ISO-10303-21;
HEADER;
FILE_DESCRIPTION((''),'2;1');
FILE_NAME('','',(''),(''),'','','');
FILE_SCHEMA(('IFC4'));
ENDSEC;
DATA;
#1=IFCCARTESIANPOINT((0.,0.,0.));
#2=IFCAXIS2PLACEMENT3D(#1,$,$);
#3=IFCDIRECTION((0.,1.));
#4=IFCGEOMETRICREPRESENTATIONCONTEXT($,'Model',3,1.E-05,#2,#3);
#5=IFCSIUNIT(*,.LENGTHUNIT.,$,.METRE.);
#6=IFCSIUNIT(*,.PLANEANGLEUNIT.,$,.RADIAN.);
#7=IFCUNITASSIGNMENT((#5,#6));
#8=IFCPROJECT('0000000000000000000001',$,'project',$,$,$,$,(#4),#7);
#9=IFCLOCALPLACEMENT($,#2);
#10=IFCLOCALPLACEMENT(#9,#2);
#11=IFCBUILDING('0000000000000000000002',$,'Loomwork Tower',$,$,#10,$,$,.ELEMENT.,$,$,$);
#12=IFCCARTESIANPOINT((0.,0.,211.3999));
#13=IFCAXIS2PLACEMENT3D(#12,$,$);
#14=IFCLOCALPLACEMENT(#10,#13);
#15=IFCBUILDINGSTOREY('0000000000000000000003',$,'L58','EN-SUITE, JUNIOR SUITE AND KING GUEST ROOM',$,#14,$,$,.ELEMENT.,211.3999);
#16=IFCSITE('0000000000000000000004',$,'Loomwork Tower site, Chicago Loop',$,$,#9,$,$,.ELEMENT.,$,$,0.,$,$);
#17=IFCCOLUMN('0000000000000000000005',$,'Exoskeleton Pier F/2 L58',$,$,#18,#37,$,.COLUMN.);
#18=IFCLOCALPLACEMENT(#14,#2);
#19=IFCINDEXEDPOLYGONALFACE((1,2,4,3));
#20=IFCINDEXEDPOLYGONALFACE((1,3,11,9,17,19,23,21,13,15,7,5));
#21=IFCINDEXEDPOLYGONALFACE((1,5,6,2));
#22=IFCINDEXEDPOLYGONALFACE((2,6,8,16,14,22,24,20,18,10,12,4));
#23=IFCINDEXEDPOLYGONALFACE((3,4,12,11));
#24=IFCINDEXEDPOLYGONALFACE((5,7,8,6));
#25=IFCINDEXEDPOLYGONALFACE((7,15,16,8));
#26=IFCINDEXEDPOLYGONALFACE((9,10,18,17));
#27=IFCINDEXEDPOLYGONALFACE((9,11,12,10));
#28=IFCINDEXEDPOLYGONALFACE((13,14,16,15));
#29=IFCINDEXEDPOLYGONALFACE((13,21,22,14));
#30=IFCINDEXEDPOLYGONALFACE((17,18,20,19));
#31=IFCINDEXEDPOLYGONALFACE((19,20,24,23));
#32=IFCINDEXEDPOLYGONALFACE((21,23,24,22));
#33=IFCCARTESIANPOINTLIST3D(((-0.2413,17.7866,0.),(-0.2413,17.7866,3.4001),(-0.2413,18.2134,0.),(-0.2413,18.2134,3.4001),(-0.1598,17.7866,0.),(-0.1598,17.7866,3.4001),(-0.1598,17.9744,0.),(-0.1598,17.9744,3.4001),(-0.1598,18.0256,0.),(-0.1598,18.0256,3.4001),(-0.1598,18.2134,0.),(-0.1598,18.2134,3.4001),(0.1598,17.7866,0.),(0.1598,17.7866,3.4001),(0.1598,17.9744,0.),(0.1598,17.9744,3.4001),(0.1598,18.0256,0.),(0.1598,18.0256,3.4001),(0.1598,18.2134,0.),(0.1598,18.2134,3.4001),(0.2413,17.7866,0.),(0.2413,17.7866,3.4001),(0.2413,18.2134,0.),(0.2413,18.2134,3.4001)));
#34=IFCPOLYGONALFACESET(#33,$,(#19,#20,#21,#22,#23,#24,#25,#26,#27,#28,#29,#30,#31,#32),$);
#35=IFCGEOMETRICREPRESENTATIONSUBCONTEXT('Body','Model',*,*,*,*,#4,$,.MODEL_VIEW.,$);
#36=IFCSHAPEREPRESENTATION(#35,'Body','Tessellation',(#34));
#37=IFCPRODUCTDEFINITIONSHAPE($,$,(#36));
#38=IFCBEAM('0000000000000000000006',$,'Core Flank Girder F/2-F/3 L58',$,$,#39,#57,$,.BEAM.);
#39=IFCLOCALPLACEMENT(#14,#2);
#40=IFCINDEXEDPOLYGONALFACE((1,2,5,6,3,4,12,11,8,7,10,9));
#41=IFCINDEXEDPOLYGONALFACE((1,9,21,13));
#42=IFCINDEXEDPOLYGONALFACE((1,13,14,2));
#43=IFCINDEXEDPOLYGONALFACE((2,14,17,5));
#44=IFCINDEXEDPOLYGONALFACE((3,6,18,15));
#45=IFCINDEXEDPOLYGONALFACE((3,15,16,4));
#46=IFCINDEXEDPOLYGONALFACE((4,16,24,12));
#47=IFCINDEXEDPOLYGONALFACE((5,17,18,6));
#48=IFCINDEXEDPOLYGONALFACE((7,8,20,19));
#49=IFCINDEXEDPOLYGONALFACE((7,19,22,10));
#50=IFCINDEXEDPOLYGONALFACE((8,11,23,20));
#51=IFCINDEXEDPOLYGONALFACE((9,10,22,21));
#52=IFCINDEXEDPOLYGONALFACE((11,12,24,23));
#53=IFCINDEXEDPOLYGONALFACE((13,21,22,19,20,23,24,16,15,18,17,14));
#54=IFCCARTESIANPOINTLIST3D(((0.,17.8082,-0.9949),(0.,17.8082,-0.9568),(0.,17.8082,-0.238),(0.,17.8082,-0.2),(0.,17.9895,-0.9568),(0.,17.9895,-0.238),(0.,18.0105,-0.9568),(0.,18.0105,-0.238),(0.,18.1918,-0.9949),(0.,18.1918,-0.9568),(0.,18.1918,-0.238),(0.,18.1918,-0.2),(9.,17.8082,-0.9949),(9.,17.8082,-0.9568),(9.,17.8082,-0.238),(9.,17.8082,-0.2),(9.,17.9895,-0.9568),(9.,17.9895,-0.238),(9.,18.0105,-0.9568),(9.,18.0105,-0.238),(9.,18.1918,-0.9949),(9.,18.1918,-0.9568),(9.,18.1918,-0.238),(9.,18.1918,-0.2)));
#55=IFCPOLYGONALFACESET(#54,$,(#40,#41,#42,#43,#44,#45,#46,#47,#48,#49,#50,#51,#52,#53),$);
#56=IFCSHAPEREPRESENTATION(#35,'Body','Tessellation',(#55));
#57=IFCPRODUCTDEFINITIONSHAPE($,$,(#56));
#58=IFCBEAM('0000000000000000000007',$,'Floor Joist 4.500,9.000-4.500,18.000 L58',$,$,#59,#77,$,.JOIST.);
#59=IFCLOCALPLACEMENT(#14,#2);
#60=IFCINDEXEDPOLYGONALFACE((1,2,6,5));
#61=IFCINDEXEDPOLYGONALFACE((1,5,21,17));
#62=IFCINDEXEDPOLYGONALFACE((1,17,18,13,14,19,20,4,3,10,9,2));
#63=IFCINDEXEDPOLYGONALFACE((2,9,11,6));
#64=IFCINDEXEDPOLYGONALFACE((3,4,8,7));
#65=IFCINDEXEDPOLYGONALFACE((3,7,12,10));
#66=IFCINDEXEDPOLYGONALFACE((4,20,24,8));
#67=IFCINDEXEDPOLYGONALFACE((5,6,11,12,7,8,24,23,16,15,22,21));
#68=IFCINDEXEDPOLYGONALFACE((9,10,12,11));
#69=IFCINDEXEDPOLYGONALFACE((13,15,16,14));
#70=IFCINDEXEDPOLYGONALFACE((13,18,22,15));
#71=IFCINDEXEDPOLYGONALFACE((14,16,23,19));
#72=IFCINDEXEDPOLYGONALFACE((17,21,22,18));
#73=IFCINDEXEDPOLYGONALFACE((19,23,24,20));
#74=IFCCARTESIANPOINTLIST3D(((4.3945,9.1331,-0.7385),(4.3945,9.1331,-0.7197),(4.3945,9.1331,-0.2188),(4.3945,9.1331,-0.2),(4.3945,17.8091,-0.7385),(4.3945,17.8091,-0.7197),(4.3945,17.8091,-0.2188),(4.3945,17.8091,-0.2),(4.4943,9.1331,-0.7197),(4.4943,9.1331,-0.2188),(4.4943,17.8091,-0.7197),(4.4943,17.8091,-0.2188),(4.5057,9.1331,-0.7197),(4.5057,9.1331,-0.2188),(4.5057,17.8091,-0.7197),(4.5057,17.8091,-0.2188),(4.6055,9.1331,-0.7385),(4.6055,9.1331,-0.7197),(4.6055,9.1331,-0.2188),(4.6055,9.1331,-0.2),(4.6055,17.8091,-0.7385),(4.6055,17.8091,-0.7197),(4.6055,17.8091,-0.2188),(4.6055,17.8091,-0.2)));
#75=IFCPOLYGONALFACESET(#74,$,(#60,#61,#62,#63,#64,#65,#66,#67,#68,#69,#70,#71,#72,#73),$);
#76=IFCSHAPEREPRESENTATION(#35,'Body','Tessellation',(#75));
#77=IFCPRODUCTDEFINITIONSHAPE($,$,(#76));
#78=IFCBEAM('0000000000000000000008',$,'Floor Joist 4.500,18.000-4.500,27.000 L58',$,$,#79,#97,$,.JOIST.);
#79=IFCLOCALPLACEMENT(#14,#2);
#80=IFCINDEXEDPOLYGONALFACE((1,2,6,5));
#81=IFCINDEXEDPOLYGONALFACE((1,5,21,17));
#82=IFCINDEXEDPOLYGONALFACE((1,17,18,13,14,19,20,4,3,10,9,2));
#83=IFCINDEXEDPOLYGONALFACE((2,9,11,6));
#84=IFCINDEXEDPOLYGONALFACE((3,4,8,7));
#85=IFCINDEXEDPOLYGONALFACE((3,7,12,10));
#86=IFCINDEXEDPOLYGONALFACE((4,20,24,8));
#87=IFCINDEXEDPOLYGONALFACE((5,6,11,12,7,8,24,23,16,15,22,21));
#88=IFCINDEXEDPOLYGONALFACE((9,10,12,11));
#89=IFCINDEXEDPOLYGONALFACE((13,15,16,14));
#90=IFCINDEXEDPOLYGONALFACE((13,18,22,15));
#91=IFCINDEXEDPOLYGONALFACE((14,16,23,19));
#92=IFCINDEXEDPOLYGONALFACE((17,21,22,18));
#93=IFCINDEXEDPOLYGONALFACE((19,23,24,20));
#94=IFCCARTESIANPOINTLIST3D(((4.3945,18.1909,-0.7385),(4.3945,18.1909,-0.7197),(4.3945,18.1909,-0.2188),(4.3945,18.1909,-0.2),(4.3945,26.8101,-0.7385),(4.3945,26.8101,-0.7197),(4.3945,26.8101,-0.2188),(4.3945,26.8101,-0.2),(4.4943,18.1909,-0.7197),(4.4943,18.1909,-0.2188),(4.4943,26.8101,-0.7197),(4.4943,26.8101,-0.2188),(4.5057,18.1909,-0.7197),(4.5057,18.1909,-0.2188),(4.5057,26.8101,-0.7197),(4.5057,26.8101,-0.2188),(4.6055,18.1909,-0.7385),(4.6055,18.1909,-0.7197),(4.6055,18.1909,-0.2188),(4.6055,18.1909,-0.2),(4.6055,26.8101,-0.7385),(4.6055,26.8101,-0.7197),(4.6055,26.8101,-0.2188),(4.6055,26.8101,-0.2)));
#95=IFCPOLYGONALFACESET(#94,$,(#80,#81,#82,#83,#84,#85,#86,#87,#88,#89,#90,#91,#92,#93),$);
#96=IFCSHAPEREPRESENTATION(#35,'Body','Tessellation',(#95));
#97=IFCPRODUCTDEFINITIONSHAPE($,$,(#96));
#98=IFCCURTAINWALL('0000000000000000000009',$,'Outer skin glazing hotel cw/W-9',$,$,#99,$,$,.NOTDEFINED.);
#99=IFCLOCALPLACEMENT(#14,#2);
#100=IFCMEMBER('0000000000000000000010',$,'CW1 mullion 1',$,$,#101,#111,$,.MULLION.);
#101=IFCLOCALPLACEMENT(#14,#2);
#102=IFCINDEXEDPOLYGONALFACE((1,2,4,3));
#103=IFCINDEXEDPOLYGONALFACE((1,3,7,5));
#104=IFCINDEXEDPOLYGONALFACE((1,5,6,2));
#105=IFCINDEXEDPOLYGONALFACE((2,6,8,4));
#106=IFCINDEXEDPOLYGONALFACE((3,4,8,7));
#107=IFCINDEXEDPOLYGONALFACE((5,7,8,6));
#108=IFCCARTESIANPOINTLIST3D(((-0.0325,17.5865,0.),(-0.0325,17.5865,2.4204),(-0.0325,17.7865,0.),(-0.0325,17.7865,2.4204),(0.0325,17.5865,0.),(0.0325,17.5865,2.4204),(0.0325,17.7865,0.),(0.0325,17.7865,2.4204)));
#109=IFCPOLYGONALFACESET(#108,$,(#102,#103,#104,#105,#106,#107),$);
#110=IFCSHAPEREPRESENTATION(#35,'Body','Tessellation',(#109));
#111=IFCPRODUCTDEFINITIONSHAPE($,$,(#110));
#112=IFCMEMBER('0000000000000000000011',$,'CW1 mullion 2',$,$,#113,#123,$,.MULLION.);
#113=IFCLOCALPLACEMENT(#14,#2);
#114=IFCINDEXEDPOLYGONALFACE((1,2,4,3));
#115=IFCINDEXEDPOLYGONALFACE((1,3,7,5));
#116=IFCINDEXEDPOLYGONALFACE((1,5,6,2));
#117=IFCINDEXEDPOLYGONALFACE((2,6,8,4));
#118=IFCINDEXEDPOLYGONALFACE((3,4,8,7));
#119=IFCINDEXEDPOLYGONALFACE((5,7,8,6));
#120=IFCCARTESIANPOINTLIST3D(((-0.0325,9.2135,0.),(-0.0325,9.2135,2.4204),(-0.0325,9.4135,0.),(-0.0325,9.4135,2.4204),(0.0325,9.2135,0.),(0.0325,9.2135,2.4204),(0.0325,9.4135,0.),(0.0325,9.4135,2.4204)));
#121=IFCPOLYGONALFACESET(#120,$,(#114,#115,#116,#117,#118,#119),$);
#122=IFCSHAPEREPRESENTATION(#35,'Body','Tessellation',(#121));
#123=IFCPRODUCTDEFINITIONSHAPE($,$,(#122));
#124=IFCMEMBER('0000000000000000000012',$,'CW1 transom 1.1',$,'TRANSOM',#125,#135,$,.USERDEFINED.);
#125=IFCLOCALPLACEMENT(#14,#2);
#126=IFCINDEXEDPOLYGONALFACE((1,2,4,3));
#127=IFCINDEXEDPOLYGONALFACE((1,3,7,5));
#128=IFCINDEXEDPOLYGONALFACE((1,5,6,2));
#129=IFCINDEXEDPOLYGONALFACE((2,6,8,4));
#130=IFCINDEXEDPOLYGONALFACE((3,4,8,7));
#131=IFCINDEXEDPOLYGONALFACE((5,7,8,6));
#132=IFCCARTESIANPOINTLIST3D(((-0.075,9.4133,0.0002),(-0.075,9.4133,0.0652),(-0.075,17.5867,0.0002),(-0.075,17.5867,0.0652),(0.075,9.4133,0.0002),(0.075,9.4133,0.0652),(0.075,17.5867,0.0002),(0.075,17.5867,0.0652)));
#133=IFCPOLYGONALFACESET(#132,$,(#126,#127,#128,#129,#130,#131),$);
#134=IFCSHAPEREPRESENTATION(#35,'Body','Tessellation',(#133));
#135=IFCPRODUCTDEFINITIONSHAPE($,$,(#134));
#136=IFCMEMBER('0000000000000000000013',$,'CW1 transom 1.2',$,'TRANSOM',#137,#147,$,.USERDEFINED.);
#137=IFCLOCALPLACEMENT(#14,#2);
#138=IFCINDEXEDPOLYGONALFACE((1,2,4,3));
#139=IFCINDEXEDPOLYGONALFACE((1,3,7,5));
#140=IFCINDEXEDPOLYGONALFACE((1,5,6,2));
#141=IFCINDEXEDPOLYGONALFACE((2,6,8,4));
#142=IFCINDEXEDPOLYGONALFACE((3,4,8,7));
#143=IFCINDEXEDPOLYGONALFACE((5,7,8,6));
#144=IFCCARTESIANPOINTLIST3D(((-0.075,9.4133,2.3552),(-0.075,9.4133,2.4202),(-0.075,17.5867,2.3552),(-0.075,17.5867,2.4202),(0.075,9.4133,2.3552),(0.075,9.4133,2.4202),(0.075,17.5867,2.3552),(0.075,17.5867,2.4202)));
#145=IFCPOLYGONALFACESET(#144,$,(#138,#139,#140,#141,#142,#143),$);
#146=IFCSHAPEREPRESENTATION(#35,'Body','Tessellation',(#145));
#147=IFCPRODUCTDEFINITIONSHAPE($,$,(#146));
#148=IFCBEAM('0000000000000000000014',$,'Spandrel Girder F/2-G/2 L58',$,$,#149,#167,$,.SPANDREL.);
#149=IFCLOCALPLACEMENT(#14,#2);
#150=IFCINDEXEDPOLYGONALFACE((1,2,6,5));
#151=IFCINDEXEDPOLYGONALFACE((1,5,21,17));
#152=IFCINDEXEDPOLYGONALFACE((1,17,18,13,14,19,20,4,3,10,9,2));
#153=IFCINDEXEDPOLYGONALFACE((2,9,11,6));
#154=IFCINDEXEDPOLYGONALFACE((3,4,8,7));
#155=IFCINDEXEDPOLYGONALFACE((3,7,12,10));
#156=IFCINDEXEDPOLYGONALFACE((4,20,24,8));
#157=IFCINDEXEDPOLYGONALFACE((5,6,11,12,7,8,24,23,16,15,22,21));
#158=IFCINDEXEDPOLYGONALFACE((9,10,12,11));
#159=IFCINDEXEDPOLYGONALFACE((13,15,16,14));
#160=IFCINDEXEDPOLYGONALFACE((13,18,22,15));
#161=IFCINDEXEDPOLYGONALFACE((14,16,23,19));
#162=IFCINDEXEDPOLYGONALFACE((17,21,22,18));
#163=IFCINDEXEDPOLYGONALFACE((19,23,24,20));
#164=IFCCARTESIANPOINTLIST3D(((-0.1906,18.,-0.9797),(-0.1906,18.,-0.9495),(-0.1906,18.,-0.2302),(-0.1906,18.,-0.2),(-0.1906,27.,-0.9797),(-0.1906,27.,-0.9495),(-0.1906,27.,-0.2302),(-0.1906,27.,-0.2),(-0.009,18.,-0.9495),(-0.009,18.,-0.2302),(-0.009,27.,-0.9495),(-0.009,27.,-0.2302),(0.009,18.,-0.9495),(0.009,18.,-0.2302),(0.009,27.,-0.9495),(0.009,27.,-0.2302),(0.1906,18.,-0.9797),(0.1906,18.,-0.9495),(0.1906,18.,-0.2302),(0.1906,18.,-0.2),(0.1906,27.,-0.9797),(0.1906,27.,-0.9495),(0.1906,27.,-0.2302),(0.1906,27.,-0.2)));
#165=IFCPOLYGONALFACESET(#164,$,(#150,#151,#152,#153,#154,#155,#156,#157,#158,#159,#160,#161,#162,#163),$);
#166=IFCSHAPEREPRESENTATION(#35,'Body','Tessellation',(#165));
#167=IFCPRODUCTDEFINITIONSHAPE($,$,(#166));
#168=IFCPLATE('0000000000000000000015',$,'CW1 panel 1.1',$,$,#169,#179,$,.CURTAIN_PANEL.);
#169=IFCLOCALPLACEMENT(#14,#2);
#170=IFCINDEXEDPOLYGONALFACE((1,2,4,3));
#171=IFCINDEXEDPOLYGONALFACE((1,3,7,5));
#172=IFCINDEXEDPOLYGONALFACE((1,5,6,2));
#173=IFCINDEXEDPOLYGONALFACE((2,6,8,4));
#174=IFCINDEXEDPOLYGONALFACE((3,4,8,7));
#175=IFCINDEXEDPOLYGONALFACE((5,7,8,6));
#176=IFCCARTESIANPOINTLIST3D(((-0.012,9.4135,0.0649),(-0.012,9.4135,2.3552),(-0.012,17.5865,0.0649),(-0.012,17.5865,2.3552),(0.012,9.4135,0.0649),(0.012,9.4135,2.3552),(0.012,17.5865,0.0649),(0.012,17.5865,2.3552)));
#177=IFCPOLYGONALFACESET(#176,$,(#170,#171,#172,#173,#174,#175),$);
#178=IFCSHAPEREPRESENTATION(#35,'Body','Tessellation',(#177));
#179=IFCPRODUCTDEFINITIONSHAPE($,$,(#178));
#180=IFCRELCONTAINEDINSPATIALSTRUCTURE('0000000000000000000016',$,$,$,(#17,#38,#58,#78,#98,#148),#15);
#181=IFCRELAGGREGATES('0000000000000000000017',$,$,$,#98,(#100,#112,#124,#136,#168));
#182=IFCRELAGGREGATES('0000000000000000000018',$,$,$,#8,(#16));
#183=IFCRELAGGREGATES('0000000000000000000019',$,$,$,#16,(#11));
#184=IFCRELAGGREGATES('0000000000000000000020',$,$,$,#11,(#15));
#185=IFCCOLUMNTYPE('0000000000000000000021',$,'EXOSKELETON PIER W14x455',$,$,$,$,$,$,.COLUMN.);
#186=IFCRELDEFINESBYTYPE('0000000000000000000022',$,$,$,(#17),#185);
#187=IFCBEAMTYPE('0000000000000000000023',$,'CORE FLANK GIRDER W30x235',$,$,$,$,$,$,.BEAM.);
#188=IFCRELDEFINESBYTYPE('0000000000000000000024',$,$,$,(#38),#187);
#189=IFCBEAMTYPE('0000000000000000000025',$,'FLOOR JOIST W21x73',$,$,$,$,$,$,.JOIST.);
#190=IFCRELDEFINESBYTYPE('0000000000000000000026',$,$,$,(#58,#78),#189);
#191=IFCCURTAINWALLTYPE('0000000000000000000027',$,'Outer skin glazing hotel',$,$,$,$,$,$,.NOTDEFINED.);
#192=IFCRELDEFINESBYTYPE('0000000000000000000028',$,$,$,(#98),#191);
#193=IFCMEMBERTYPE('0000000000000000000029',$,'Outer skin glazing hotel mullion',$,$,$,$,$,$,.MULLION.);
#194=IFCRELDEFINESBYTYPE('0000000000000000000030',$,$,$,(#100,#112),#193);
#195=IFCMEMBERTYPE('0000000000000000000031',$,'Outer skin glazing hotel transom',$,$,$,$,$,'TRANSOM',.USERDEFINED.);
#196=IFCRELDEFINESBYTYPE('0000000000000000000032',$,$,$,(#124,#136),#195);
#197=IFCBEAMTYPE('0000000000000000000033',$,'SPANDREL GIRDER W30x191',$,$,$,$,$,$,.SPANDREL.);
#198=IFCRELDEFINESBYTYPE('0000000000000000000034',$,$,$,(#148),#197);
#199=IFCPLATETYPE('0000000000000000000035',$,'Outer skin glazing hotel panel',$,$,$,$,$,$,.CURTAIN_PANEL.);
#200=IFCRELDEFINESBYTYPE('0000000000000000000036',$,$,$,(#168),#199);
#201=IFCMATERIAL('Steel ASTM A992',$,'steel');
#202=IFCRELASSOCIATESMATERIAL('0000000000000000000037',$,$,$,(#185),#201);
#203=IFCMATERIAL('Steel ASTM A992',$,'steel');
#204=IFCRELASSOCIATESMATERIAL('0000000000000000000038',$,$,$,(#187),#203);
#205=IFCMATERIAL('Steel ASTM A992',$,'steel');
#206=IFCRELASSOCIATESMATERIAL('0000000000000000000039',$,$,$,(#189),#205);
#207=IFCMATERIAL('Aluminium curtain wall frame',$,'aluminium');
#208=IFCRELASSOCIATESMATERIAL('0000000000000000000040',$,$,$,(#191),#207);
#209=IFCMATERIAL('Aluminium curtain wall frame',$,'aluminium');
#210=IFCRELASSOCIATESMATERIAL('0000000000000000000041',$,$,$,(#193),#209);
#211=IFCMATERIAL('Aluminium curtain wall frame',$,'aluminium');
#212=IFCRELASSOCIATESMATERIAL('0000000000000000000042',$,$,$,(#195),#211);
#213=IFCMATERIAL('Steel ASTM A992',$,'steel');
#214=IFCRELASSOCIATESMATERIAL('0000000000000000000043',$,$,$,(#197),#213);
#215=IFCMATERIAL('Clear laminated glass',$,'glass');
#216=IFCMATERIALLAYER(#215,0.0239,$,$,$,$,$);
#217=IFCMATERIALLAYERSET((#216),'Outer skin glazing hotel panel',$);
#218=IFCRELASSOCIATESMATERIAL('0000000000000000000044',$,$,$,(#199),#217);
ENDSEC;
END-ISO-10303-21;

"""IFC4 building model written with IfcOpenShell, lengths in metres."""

from ifc_helpers import new_model, si_unit, direction, frame, origin, origin_2d, place, context, subcontext, project, spatial, rectangle, i_section, extrude, material, layer, layer_set, material_profile, profile_set, type_object, element, aggregate, save


model = new_model("IFC4")

# Units and contexts
model_context = context("Model", 3, precision=1e-05, world=origin(), true_north=direction((0.0, 1.0)))
body_context = subcontext(model_context, "Body", "Model", "MODEL_VIEW")
ifc_project = project(units=[si_unit("LENGTHUNIT", "METRE"), si_unit("PLANEANGLEUNIT", "RADIAN")], contexts=[model_context])

# Site, building, storey
site_placement = place(None, origin())
site = spatial("IfcSite", under=ifc_project, at=site_placement, Name="Loomwork Tower site, Chicago Loop", CompositionType="ELEMENT", RefElevation=0.0)
building_placement = place(site_placement, origin())
building = spatial("IfcBuilding", under=site, at=building_placement, Name="Loomwork Tower", CompositionType="ELEMENT")
storey_placement = place(building_placement, frame((0.0, 0.0, 211.3999)))
storey = spatial("IfcBuildingStorey", under=building, at=storey_placement, Name="L58", Description="EN-SUITE, JUNIOR SUITE AND KING GUEST ROOM", CompositionType="ELEMENT", Elevation=211.3999)

# Column
ifc_material_1 = material(Name="Steel ASTM A992", Category="steel")
ifc_material_profile_1 = material_profile(ifc_material_1, i_section(OverallWidth=0.4268, OverallDepth=0.4827, WebThickness=0.0513, FlangeThickness=0.0815, at=origin_2d()), Name="W14x455")
ifc_profile_set_1 = profile_set([ifc_material_profile_1], Name="Steel ASTM A992")
column_type = type_object("IfcColumnType", Name="EXOSKELETON PIER W14x455", PredefinedType="COLUMN", material=ifc_profile_set_1)
column_placement = place(storey_placement, frame((0.0, 18.0, 0.0), z_axis=(0.0, 0.0, 1.0), x_axis=(0.0, 1.0, 0.0)))
element("IfcColumn", 1, at=column_placement, inside=storey, type_object=column_type, Name="Exoskeleton Pier F/2 L58", PredefinedType="COLUMN", context=body_context, shape_type="SweptSolid", body=[
    extrude(i_section(OverallWidth=0.4268, OverallDepth=0.4827, WebThickness=0.0513, FlangeThickness=0.0815, at=origin_2d()), origin(), (0.0, 0.0, 1.0), 3.4001),
])

# Beams
ifc_material_2 = material(Name="Steel ASTM A992", Category="steel")
ifc_material_profile_2 = material_profile(ifc_material_2, i_section(OverallWidth=0.3835, OverallDepth=0.7949, WebThickness=0.021, FlangeThickness=0.0381, at=origin_2d()), Name="W30x235")
ifc_profile_set_2 = profile_set([ifc_material_profile_2], Name="Steel ASTM A992")
beam_type_1 = type_object("IfcBeamType", Name="CORE FLANK GIRDER W30x235", PredefinedType="BEAM", material=ifc_profile_set_2)
beam_1_placement = place(storey_placement, frame((0.0, 18.0, -0.5974), z_axis=(1.0, 0.0, 0.0), x_axis=(0.0, 1.0, 0.0)))
element("IfcBeam", 2, at=beam_1_placement, inside=storey, type_object=beam_type_1, Name="Core Flank Girder F/2-F/3 L58", PredefinedType="BEAM", context=body_context, shape_type="SweptSolid", body=[
    extrude(i_section(OverallWidth=0.3835, OverallDepth=0.7949, WebThickness=0.021, FlangeThickness=0.0381, at=origin_2d()), origin(), (0.0, 0.0, 1.0), 9.0),
])
ifc_material_3 = material(Name="Steel ASTM A992", Category="steel")
ifc_material_profile_3 = material_profile(ifc_material_3, i_section(OverallWidth=0.2109, OverallDepth=0.5386, WebThickness=0.0115, FlangeThickness=0.0188, at=origin_2d()), Name="W21x73")
ifc_profile_set_3 = profile_set([ifc_material_profile_3], Name="Steel ASTM A992")
beam_type_2 = type_object("IfcBeamType", Name="FLOOR JOIST W21x73", PredefinedType="JOIST", material=ifc_profile_set_3)
beam_2_placement = place(storey_placement, frame((4.5, 9.1331, -0.4692), z_axis=(0.0, 1.0, 0.0), x_axis=(-1.0, 0.0, 0.0)))
element("IfcBeam", 3, at=beam_2_placement, inside=storey, type_object=beam_type_2, Name="Floor Joist 4.500,9.000-4.500,18.000 L58", PredefinedType="JOIST", context=body_context, shape_type="SweptSolid", body=[
    extrude(i_section(OverallWidth=0.2109, OverallDepth=0.5386, WebThickness=0.0115, FlangeThickness=0.0188, at=origin_2d()), origin(), (0.0, 0.0, 1.0), 8.676),
])
beam_3_placement = place(storey_placement, frame((4.5, 18.1909, -0.4692), z_axis=(0.0, 1.0, 0.0), x_axis=(-1.0, 0.0, 0.0)))
element("IfcBeam", 4, at=beam_3_placement, inside=storey, type_object=beam_type_2, Name="Floor Joist 4.500,18.000-4.500,27.000 L58", PredefinedType="JOIST", context=body_context, shape_type="SweptSolid", body=[
    extrude(i_section(OverallWidth=0.2109, OverallDepth=0.5386, WebThickness=0.0115, FlangeThickness=0.0188, at=origin_2d()), origin(), (0.0, 0.0, 1.0), 8.6191),
])

# Curtain wall, members
ifc_material_4 = material(Name="Aluminium curtain wall frame", Category="aluminium")
curtain_wall_type = type_object("IfcCurtainWallType", Name="Outer skin glazing hotel", PredefinedType="NOTDEFINED", material=ifc_material_4)
curtain_wall_placement = place(storey_placement, origin())
curtain_wall = element("IfcCurtainWall", 5, at=curtain_wall_placement, inside=storey, type_object=curtain_wall_type, Name="Outer skin glazing hotel cw/W-9", PredefinedType="NOTDEFINED")
ifc_material_5 = material(Name="Aluminium curtain wall frame", Category="aluminium")
ifc_material_profile_4 = material_profile(ifc_material_5, rectangle(XDim=0.0649, YDim=0.2, at=origin_2d()), Name="AL 65x200")
ifc_profile_set_4 = profile_set([ifc_material_profile_4], Name="Aluminium curtain wall frame")
member_type_1 = type_object("IfcMemberType", Name="Outer skin glazing hotel mullion", PredefinedType="MULLION", material=ifc_profile_set_4)
member_1_placement = place(storey_placement, frame((0.0, 17.6865, 0.0), z_axis=(0.0, 0.0, 1.0), x_axis=(1.0, 0.0, 0.0)))
member_1 = element("IfcMember", 6, at=member_1_placement, type_object=member_type_1, Name="CW1 mullion 1", PredefinedType="MULLION", context=body_context, shape_type="SweptSolid", body=[
    extrude(rectangle(XDim=0.0649, YDim=0.2, at=origin_2d()), origin(), (0.0, 0.0, 1.0), 2.4204),
])
member_2_placement = place(storey_placement, frame((0.0, 9.3135, 0.0), z_axis=(0.0, 0.0, 1.0), x_axis=(1.0, 0.0, 0.0)))
member_2 = element("IfcMember", 7, at=member_2_placement, type_object=member_type_1, Name="CW1 mullion 2", PredefinedType="MULLION", context=body_context, shape_type="SweptSolid", body=[
    extrude(rectangle(XDim=0.0649, YDim=0.2, at=origin_2d()), origin(), (0.0, 0.0, 1.0), 2.4204),
])
ifc_material_6 = material(Name="Aluminium curtain wall frame", Category="aluminium")
ifc_material_profile_5 = material_profile(ifc_material_6, rectangle(XDim=0.1499, YDim=0.0649, at=origin_2d()), Name="AL 65x150")
ifc_profile_set_5 = profile_set([ifc_material_profile_5], Name="Aluminium curtain wall frame")
member_type_2 = type_object("IfcMemberType", Name="Outer skin glazing hotel transom", ElementType="TRANSOM", PredefinedType="USERDEFINED", material=ifc_profile_set_5)
member_3_placement = place(storey_placement, frame((0.0, 17.5867, 0.0327), z_axis=(0.0, -1.0, 0.0), x_axis=(1.0, 0.0, 0.0)))
member_3 = element("IfcMember", 8, at=member_3_placement, type_object=member_type_2, Name="CW1 transom 1.1", ObjectType="TRANSOM", PredefinedType="USERDEFINED", context=body_context, shape_type="SweptSolid", body=[
    extrude(rectangle(XDim=0.1499, YDim=0.0649, at=origin_2d()), origin(), (0.0, 0.0, 1.0), 8.1733),
])
member_4_placement = place(storey_placement, frame((0.0, 17.5867, 2.3877), z_axis=(0.0, -1.0, 0.0), x_axis=(1.0, 0.0, 0.0)))
member_4 = element("IfcMember", 9, at=member_4_placement, type_object=member_type_2, Name="CW1 transom 1.2", ObjectType="TRANSOM", PredefinedType="USERDEFINED", context=body_context, shape_type="SweptSolid", body=[
    extrude(rectangle(XDim=0.1499, YDim=0.0649, at=origin_2d()), origin(), (0.0, 0.0, 1.0), 8.1733),
])

# Beam
ifc_material_7 = material(Name="Steel ASTM A992", Category="steel")
ifc_material_profile_6 = material_profile(ifc_material_7, i_section(OverallWidth=0.3811, OverallDepth=0.7798, WebThickness=0.0181, FlangeThickness=0.0303, at=origin_2d()), Name="W30x191")
ifc_profile_set_6 = profile_set([ifc_material_profile_6], Name="Steel ASTM A992")
beam_type_3 = type_object("IfcBeamType", Name="SPANDREL GIRDER W30x191", PredefinedType="SPANDREL", material=ifc_profile_set_6)
beam_4_placement = place(storey_placement, frame((0.0, 18.0, -0.5898), z_axis=(0.0, 1.0, 0.0), x_axis=(-1.0, 0.0, 0.0)))
element("IfcBeam", 10, at=beam_4_placement, inside=storey, type_object=beam_type_3, Name="Spandrel Girder F/2-G/2 L58", PredefinedType="SPANDREL", context=body_context, shape_type="SweptSolid", body=[
    extrude(i_section(OverallWidth=0.3811, OverallDepth=0.7798, WebThickness=0.0181, FlangeThickness=0.0303, at=origin_2d()), origin(), (0.0, 0.0, 1.0), 9.0),
])

# Plate
ifc_material_8 = material(Name="Clear laminated glass", Category="glass")
ifc_layer_1 = layer(ifc_material_8, 0.0239)
ifc_layer_set_1 = layer_set([ifc_layer_1], Name="Outer skin glazing hotel panel")
plate_type = type_object("IfcPlateType", Name="Outer skin glazing hotel panel", PredefinedType="CURTAIN_PANEL", material=ifc_layer_set_1)
plate_placement = place(storey_placement, frame((0.0, 13.5, 0.0649), z_axis=(0.0, 0.0, 1.0), x_axis=(0.0, -1.0, 0.0)))
plate = element("IfcPlate", 11, at=plate_placement, type_object=plate_type, Name="CW1 panel 1.1", PredefinedType="CURTAIN_PANEL", context=body_context, shape_type="SweptSolid", body=[
    extrude(rectangle(XDim=8.1731, YDim=0.0239, at=origin_2d()), origin(), (0.0, 0.0, 1.0), 2.2903),
])
aggregate(curtain_wall, [member_1, member_2, member_3, member_4, plate])

save(model, "model.ifc")
